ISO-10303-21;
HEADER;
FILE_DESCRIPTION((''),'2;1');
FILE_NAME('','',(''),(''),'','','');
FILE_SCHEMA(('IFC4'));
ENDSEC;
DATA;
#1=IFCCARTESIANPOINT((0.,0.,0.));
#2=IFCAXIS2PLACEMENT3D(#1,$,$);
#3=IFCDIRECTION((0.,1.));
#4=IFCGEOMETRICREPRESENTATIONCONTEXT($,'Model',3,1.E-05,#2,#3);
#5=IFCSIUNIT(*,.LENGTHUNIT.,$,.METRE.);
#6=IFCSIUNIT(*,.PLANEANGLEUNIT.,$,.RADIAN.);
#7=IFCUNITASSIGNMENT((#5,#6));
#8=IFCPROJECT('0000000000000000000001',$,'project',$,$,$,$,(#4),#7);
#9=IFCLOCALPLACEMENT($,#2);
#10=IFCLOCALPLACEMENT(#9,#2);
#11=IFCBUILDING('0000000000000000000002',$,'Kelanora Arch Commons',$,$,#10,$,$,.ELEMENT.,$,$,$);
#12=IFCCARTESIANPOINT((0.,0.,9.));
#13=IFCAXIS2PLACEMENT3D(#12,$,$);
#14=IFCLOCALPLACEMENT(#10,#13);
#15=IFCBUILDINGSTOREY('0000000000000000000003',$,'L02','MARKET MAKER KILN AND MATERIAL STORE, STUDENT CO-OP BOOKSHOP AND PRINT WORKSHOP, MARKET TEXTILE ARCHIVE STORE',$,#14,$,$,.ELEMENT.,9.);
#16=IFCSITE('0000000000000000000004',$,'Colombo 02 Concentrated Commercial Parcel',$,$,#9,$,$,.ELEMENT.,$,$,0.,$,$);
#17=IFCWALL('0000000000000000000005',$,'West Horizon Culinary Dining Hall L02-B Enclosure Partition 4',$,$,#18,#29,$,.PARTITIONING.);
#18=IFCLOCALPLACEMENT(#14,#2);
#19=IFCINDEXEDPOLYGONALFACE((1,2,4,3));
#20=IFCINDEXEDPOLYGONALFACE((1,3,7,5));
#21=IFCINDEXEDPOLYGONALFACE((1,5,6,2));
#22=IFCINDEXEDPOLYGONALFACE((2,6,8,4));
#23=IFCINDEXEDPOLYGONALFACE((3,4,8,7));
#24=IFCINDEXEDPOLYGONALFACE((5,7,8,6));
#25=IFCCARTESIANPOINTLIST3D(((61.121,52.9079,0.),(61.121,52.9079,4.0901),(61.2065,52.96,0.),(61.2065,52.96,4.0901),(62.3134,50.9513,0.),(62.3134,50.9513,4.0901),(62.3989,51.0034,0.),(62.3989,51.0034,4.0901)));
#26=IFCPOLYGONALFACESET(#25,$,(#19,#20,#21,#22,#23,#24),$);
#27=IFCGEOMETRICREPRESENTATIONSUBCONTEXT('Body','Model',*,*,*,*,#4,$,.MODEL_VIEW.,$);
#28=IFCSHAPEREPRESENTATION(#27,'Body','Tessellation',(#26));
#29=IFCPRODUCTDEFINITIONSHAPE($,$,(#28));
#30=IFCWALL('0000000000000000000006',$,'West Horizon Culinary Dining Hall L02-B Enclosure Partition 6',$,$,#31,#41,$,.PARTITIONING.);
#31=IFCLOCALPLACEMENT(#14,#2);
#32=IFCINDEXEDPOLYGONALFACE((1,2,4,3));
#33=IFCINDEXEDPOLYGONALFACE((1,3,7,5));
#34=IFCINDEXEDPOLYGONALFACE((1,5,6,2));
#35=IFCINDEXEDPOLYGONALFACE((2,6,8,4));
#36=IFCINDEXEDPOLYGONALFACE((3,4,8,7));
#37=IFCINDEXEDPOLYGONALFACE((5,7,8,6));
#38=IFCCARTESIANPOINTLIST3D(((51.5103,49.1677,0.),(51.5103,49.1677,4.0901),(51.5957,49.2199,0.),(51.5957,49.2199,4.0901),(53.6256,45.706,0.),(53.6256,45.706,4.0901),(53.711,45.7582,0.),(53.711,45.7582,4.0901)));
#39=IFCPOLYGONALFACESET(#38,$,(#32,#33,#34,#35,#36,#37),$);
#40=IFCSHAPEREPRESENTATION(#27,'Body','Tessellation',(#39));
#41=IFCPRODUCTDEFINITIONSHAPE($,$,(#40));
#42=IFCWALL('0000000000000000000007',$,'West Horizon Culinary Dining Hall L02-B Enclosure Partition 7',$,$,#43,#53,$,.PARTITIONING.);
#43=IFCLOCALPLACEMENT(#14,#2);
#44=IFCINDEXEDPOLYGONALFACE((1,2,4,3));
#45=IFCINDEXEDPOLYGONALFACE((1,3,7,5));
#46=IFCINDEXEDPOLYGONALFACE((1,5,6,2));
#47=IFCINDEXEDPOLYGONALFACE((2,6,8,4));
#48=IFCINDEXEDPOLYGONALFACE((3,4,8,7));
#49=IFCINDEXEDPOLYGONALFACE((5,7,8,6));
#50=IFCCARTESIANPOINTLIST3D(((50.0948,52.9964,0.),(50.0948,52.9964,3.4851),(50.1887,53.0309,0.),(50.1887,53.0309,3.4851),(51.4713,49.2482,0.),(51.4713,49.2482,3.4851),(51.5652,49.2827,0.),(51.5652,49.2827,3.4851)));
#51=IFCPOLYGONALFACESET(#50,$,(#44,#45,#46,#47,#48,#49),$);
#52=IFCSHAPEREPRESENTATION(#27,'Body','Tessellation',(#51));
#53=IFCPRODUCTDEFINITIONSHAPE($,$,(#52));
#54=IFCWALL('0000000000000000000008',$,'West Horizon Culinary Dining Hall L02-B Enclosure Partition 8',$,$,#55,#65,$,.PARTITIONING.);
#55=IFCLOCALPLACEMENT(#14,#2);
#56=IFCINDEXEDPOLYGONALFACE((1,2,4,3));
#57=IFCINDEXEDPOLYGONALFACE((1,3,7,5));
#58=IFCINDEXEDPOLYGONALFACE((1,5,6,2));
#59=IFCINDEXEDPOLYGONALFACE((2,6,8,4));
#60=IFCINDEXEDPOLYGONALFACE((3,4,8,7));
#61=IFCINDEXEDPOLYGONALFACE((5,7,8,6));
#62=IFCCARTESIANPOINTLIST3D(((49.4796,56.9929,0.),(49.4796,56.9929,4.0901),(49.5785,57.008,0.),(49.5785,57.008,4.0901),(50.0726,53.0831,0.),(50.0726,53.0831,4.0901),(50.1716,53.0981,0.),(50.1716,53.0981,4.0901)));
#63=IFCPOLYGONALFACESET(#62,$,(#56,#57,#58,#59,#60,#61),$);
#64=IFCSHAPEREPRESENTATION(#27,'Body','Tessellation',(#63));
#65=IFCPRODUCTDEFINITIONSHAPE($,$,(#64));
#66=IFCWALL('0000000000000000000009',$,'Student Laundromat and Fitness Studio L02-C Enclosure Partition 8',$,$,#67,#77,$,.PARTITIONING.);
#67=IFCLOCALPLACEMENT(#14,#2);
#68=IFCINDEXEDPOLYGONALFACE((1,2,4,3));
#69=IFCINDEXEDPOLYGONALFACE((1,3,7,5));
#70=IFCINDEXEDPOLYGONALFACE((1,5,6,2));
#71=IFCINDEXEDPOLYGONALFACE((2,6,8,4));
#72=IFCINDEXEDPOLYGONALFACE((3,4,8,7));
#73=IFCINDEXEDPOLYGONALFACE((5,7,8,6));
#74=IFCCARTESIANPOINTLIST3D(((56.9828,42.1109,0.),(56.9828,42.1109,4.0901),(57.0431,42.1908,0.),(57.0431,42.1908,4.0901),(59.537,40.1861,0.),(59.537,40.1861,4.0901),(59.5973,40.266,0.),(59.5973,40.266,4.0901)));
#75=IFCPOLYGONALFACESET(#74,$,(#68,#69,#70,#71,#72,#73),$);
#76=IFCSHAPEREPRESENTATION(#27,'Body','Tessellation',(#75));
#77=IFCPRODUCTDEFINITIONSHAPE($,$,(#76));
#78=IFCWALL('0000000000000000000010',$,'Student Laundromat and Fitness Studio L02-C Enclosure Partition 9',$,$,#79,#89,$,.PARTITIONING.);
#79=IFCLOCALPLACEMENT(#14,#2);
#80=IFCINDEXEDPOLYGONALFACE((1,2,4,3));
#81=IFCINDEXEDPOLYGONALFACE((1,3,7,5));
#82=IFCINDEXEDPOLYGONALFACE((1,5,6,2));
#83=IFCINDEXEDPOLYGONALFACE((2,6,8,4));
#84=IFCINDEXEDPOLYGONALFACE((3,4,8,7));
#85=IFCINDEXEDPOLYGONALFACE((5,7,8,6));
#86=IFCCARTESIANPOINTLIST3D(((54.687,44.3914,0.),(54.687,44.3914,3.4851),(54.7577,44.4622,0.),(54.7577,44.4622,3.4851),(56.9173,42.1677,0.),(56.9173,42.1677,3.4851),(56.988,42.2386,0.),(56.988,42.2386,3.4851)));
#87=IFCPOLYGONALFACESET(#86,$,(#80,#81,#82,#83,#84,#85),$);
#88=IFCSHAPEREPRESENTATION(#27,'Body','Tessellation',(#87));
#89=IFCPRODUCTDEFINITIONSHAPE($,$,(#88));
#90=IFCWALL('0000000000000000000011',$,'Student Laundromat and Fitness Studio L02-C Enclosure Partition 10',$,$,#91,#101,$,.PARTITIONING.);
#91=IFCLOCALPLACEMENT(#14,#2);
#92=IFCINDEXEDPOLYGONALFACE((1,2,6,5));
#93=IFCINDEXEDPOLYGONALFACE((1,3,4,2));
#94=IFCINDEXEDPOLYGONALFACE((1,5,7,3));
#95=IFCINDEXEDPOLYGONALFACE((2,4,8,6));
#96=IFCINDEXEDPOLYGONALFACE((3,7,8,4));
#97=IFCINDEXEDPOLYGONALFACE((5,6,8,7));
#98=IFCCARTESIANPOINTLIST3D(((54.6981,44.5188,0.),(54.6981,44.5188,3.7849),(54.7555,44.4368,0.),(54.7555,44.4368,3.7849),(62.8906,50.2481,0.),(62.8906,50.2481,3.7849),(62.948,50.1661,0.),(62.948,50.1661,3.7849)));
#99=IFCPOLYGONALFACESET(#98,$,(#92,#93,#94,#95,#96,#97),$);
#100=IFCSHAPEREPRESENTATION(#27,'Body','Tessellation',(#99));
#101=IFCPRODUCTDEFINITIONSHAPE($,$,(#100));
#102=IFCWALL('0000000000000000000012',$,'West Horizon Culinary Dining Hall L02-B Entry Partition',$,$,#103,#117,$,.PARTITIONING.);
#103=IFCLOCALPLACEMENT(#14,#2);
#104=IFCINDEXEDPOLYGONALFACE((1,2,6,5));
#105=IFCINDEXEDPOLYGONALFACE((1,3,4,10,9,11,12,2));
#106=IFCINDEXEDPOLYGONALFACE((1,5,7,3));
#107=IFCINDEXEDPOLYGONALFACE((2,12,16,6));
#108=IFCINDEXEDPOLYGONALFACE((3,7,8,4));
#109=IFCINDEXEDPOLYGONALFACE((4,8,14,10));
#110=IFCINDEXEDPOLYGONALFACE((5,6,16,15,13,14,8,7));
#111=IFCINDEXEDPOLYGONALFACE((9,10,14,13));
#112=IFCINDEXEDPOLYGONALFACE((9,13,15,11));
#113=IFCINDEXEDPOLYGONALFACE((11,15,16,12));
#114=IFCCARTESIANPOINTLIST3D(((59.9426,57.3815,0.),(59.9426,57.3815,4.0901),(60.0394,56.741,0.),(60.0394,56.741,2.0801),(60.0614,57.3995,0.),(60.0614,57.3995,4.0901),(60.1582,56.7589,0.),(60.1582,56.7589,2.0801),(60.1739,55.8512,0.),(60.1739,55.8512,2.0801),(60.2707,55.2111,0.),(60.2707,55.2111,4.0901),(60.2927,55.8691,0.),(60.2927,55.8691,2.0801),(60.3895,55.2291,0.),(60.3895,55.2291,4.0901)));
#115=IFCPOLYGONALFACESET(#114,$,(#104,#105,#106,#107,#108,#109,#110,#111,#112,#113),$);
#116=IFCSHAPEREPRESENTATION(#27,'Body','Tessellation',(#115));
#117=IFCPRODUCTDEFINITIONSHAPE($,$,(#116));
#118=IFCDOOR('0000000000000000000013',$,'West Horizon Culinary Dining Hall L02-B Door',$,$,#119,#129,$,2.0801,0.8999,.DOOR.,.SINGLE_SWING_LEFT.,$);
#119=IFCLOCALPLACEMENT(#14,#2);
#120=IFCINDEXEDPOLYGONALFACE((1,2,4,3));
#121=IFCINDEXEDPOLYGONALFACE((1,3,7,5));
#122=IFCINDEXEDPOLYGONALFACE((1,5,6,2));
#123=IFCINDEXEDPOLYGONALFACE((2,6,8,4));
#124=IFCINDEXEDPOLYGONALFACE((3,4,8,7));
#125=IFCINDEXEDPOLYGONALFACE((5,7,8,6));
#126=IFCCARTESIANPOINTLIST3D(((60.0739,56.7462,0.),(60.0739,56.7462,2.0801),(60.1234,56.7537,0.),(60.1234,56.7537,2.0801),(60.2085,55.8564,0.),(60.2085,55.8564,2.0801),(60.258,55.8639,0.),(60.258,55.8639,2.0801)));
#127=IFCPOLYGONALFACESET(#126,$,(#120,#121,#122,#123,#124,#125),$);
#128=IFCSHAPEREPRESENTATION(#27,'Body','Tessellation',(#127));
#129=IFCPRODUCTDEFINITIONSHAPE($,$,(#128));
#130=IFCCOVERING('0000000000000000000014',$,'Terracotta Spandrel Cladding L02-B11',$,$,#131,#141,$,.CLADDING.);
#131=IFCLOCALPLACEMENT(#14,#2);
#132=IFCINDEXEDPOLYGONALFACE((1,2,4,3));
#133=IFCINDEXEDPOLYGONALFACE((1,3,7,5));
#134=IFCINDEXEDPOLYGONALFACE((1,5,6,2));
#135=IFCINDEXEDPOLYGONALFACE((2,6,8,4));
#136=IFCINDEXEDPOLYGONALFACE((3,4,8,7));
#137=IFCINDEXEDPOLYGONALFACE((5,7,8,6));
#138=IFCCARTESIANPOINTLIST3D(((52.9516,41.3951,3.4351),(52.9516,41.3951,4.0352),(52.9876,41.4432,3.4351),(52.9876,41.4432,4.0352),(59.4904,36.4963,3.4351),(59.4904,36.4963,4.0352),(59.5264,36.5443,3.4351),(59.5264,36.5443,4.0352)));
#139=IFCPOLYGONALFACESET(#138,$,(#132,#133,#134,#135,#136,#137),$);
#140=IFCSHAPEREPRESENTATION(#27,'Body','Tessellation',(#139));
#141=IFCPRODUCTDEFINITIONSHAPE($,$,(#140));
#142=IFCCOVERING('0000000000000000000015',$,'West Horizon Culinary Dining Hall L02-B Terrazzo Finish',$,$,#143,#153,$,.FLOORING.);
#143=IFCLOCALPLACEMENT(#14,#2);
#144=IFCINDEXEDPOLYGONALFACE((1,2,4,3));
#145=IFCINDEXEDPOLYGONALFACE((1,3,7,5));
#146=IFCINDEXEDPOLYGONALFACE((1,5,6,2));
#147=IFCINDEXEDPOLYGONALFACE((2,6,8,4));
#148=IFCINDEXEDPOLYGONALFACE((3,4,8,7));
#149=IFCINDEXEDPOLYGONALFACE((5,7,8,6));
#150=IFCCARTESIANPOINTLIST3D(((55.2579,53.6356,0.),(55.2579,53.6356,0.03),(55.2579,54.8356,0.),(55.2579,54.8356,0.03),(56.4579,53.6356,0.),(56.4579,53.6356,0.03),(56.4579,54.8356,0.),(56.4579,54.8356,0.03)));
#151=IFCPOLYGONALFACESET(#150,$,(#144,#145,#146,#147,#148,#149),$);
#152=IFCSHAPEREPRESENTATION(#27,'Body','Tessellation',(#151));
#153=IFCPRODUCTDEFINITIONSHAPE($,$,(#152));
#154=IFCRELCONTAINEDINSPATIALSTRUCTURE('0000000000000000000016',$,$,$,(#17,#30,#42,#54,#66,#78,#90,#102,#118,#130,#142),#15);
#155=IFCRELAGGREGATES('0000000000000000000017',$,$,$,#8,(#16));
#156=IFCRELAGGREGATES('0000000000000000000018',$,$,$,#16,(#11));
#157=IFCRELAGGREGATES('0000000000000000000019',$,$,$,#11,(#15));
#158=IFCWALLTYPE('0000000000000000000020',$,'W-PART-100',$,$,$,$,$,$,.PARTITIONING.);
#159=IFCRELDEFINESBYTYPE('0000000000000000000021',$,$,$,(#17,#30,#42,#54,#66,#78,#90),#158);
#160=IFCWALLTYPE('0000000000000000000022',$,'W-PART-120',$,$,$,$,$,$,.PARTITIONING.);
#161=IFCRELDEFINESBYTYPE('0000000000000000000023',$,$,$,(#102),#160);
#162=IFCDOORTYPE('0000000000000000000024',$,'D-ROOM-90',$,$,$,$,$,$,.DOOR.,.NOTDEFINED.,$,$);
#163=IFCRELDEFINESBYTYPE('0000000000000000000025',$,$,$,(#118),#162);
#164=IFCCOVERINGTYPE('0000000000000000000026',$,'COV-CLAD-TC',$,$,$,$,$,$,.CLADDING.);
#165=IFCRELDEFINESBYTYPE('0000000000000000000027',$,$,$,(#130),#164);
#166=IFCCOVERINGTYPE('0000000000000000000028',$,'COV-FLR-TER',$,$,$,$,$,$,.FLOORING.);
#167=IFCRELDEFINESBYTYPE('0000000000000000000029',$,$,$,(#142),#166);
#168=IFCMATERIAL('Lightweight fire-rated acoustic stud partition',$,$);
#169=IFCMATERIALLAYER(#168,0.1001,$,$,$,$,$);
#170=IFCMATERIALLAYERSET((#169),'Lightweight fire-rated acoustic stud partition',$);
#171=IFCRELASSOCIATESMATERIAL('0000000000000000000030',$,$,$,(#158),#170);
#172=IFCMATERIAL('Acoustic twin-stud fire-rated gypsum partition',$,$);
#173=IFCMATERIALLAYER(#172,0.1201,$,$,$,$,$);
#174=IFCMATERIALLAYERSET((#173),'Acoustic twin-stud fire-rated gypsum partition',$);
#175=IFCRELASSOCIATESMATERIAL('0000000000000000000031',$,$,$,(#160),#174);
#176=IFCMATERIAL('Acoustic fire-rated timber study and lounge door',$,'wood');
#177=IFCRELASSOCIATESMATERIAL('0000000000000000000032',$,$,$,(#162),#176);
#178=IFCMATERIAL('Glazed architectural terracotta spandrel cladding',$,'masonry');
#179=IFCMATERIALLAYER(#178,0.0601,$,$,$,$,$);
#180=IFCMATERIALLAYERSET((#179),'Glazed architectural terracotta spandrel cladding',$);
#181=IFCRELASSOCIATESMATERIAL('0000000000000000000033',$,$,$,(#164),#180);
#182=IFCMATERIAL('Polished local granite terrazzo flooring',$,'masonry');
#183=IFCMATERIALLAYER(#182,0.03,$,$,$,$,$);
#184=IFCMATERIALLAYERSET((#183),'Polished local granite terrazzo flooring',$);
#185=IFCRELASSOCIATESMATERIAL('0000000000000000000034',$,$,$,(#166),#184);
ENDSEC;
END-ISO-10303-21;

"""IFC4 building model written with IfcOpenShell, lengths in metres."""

from ifc_helpers import new_model, si_unit, direction, frame, frame_2d, origin, origin_2d, place, context, subcontext, project, spatial, rectangle, extrude, source, transform, mapped, material, layer, layer_set, type_object, element, fill, save


model = new_model("IFC4")

# Units and contexts
model_context = context("Model", 3, precision=1e-05, world=origin(), true_north=direction((0.0, 1.0)))
body_context = subcontext(model_context, "Body", "Model", "MODEL_VIEW")
ifc_project = project(units=[si_unit("LENGTHUNIT", "METRE"), si_unit("PLANEANGLEUNIT", "RADIAN")], contexts=[model_context])

# Site, building, storey
site_placement = place(None, origin())
site = spatial("IfcSite", under=ifc_project, at=site_placement, Name="Colombo 02 Concentrated Commercial Parcel", CompositionType="ELEMENT", RefElevation=0.0)
building_placement = place(site_placement, origin())
building = spatial("IfcBuilding", under=site, at=building_placement, Name="Kelanora Arch Commons", CompositionType="ELEMENT")
storey_placement = place(building_placement, frame((0.0, 0.0, 9.0)))
storey = spatial("IfcBuildingStorey", under=building, at=storey_placement, Name="L02", Description="MARKET MAKER KILN AND MATERIAL STORE, STUDENT CO-OP BOOKSHOP AND PRINT WORKSHOP, MARKET TEXTILE ARCHIVE STORE", CompositionType="ELEMENT", Elevation=9.0)

# Walls
ifc_material_1 = material(Name="Lightweight fire-rated acoustic stud partition")
ifc_layer_1 = layer(ifc_material_1, 0.1001)
ifc_layer_set_1 = layer_set([ifc_layer_1], Name="Lightweight fire-rated acoustic stud partition")
wall_type_1 = type_object("IfcWallType", Name="W-PART-100", PredefinedType="PARTITIONING", material=ifc_layer_set_1)
wall_1_placement = place(storey_placement, frame((61.1638, 52.9338, 0.0), z_axis=(0.0, 0.0, 1.0), x_axis=(0.520407, -0.853919, 0.0)))
element("IfcWall", 1, at=wall_1_placement, inside=storey, type_object=wall_type_1, Name="West Horizon Culinary Dining Hall L02-B Enclosure Partition 4", PredefinedType="PARTITIONING", context=body_context, shape_type="SweptSolid", body=[
    extrude(rectangle(XDim=2.2913, YDim=0.1001, at=frame_2d((1.1455, 0.0))), origin(), (0.0, 0.0, 1.0), 4.0901),
])
wall_2_placement = place(storey_placement, frame((53.6682, 45.7322, 0.0), z_axis=(0.0, 0.0, 1.0), x_axis=(-0.521409, 0.853307, 0.0)))
element("IfcWall", 2, at=wall_2_placement, inside=storey, type_object=wall_type_1, Name="West Horizon Culinary Dining Hall L02-B Enclosure Partition 6", PredefinedType="PARTITIONING", context=body_context, shape_type="SweptSolid", body=[
    extrude(rectangle(XDim=4.0569, YDim=0.1001, at=frame_2d((2.0283, 0.0))), origin(), (0.0, 0.0, 1.0), 4.0901),
])
wall_3_placement = place(storey_placement, frame((51.5183, 49.2654, 0.0), z_axis=(0.0, 0.0, 1.0), x_axis=(-0.344736, 0.9387, 0.0)))
element("IfcWall", 3, at=wall_3_placement, inside=storey, type_object=wall_type_1, Name="West Horizon Culinary Dining Hall L02-B Enclosure Partition 7", PredefinedType="PARTITIONING", context=body_context, shape_type="SweptSolid", body=[
    extrude(rectangle(XDim=3.9929, YDim=0.1001, at=frame_2d((1.9966, 0.0))), origin(), (0.0, 0.0, 1.0), 3.4851),
])
wall_4_placement = place(storey_placement, frame((50.1221, 53.0906, 0.0), z_axis=(0.0, 0.0, 1.0), x_axis=(-0.149955, 0.988693, 0.0)))
element("IfcWall", 4, at=wall_4_placement, inside=storey, type_object=wall_type_1, Name="West Horizon Culinary Dining Hall L02-B Enclosure Partition 8", PredefinedType="PARTITIONING", context=body_context, shape_type="SweptSolid", body=[
    extrude(rectangle(XDim=3.9546, YDim=0.1001, at=frame_2d((1.9773, 0.0))), origin(), (0.0, 0.0, 1.0), 4.0901),
])
wall_5_placement = place(storey_placement, frame((59.5671, 40.2261, 0.0), z_axis=(0.0, 0.0, 1.0), x_axis=(-0.798624, 0.60183, 0.0)))
element("IfcWall", 5, at=wall_5_placement, inside=storey, type_object=wall_type_1, Name="Student Laundromat and Fitness Studio L02-C Enclosure Partition 8", PredefinedType="PARTITIONING", context=body_context, shape_type="SweptSolid", body=[
    extrude(rectangle(XDim=3.1982, YDim=0.1001, at=frame_2d((1.5991, 0.0))), origin(), (0.0, 0.0, 1.0), 4.0901),
])
wall_6_placement = place(storey_placement, frame((56.9526, 42.2031, 0.0), z_axis=(0.0, 0.0, 1.0), x_axis=(-0.708153, 0.706059, 0.0)))
element("IfcWall", 6, at=wall_6_placement, inside=storey, type_object=wall_type_1, Name="Student Laundromat and Fitness Studio L02-C Enclosure Partition 9", PredefinedType="PARTITIONING", context=body_context, shape_type="SweptSolid", body=[
    extrude(rectangle(XDim=3.1494, YDim=0.1001, at=frame_2d((1.5747, 0.0))), origin(), (0.0, 0.0, 1.0), 3.4851),
])
wall_7_placement = place(storey_placement, frame((54.7268, 44.4778, 0.0), z_axis=(0.0, 0.0, 1.0), x_axis=(0.819487, 0.573098, 0.0)))
element("IfcWall", 7, at=wall_7_placement, inside=storey, type_object=wall_type_1, Name="Student Laundromat and Fitness Studio L02-C Enclosure Partition 10", PredefinedType="PARTITIONING", context=body_context, shape_type="SweptSolid", body=[
    extrude(rectangle(XDim=9.9971, YDim=0.1001, at=frame_2d((4.9985, 0.0))), origin(), (0.0, 0.0, 1.0), 3.7849),
])

# Wall, opening, door
ifc_material_2 = material(Name="Acoustic twin-stud fire-rated gypsum partition")
ifc_layer_2 = layer(ifc_material_2, 0.1201)
ifc_layer_set_2 = layer_set([ifc_layer_2], Name="Acoustic twin-stud fire-rated gypsum partition")
wall_type_2 = type_object("IfcWallType", Name="W-PART-120", PredefinedType="PARTITIONING", material=ifc_layer_set_2)
wall_8_placement = place(storey_placement, frame((60.002, 57.3906, 0.0), z_axis=(0.0, 0.0, 1.0), x_axis=(0.149482, -0.988764, 0.0)))
wall_8 = element("IfcWall", 8, at=wall_8_placement, inside=storey, type_object=wall_type_2, Name="West Horizon Culinary Dining Hall L02-B Entry Partition", PredefinedType="PARTITIONING", context=body_context, shape_type="SweptSolid", body=[
    extrude(rectangle(XDim=2.1951, YDim=0.1201, at=frame_2d((1.0977, 0.0))), origin(), (0.0, 0.0, 1.0), 4.0901),
])
opening_1_placement = place(wall_8_placement, frame((0.6479, 0.0, 0.0)))
opening_1 = element("IfcOpeningElement", 9, at=opening_1_placement, cuts=wall_8, PredefinedType="OPENING", context=body_context, shape_type="SweptSolid", body=[
    extrude(rectangle(XDim=0.8999, YDim=2.0801, at=frame_2d((0.45, 1.04))), frame((0.0, 0.0701, 0.0), z_axis=(0.0, -1.0, 0.0), x_axis=(1.0, 0.0, 0.0)), (0.0, 0.0, 1.0), 0.1401),
])
ifc_material_3 = material(Name="Acoustic fire-rated timber study and lounge door", Category="wood")
door_type = type_object("IfcDoorType", Name="D-ROOM-90", OperationType="NOTDEFINED", PredefinedType="DOOR", material=ifc_material_3)
door_placement = place(opening_1_placement, origin())
door = element("IfcDoor", 10, at=door_placement, inside=storey, type_object=door_type, Name="West Horizon Culinary Dining Hall L02-B Door", OperationType="SINGLE_SWING_LEFT", OverallHeight=2.0801, OverallWidth=0.8999, PredefinedType="DOOR", context=body_context, shape_type="SweptSolid", body=[
    extrude(rectangle(XDim=0.8999, YDim=2.0801, at=frame_2d((0.45, 1.04))), frame((0.0, 0.0249, 0.0), z_axis=(0.0, -1.0, 0.0), x_axis=(1.0, 0.0, 0.0)), (0.0, 0.0, 1.0), 0.05),
])
fill(opening_1, door)

# Coverings
ifc_material_4 = material(Name="Glazed architectural terracotta spandrel cladding", Category="masonry")
ifc_layer_3 = layer(ifc_material_4, 0.0601)
ifc_layer_set_3 = layer_set([ifc_layer_3], Name="Glazed architectural terracotta spandrel cladding")
covering_type_1 = type_object("IfcCoveringType", Name="COV-CLAD-TC", PredefinedType="CLADDING", material=ifc_layer_set_3)
shared_shape_1 = source(origin(), body_context, "Body", "SweptSolid", [
    extrude(rectangle(XDim=8.1704, YDim=0.0601, at=origin_2d()), origin(), (0.0, 0.0, 1.0), 0.6001),
])
covering_1_placement = place(storey_placement, frame((56.239, 38.9697, 3.4351), z_axis=(0.0, 0.0, 1.0), x_axis=(0.80031, -0.599587, 0.0)))
element("IfcCovering", 11, at=covering_1_placement, inside=storey, type_object=covering_type_1, Name="Terracotta Spandrel Cladding L02-B11", PredefinedType="CLADDING", context=body_context, shape_type="MappedRepresentation", body=[
    mapped(shared_shape_1, transform((0.0, 0.0, 0.0), scale=1.0)),
])
ifc_material_5 = material(Name="Polished local granite terrazzo flooring", Category="masonry")
ifc_layer_4 = layer(ifc_material_5, 0.03)
ifc_layer_set_4 = layer_set([ifc_layer_4], Name="Polished local granite terrazzo flooring")
covering_type_2 = type_object("IfcCoveringType", Name="COV-FLR-TER", PredefinedType="FLOORING", material=ifc_layer_set_4)
shared_shape_2 = source(origin(), body_context, "Body", "SweptSolid", [
    extrude(rectangle(XDim=1.2, YDim=1.2, at=origin_2d()), origin(), (0.0, 0.0, 1.0), 0.03),
])
covering_2_placement = place(storey_placement, frame((55.8579, 54.2356, 0.0), z_axis=(0.0, 0.0, 1.0), x_axis=(1.0, 0.0, 0.0)))
element("IfcCovering", 12, at=covering_2_placement, inside=storey, type_object=covering_type_2, Name="West Horizon Culinary Dining Hall L02-B Terrazzo Finish", PredefinedType="FLOORING", context=body_context, shape_type="MappedRepresentation", body=[
    mapped(shared_shape_2, transform((0.0, 0.0, 0.0), scale=1.0)),
])

save(model, "model.ifc")
